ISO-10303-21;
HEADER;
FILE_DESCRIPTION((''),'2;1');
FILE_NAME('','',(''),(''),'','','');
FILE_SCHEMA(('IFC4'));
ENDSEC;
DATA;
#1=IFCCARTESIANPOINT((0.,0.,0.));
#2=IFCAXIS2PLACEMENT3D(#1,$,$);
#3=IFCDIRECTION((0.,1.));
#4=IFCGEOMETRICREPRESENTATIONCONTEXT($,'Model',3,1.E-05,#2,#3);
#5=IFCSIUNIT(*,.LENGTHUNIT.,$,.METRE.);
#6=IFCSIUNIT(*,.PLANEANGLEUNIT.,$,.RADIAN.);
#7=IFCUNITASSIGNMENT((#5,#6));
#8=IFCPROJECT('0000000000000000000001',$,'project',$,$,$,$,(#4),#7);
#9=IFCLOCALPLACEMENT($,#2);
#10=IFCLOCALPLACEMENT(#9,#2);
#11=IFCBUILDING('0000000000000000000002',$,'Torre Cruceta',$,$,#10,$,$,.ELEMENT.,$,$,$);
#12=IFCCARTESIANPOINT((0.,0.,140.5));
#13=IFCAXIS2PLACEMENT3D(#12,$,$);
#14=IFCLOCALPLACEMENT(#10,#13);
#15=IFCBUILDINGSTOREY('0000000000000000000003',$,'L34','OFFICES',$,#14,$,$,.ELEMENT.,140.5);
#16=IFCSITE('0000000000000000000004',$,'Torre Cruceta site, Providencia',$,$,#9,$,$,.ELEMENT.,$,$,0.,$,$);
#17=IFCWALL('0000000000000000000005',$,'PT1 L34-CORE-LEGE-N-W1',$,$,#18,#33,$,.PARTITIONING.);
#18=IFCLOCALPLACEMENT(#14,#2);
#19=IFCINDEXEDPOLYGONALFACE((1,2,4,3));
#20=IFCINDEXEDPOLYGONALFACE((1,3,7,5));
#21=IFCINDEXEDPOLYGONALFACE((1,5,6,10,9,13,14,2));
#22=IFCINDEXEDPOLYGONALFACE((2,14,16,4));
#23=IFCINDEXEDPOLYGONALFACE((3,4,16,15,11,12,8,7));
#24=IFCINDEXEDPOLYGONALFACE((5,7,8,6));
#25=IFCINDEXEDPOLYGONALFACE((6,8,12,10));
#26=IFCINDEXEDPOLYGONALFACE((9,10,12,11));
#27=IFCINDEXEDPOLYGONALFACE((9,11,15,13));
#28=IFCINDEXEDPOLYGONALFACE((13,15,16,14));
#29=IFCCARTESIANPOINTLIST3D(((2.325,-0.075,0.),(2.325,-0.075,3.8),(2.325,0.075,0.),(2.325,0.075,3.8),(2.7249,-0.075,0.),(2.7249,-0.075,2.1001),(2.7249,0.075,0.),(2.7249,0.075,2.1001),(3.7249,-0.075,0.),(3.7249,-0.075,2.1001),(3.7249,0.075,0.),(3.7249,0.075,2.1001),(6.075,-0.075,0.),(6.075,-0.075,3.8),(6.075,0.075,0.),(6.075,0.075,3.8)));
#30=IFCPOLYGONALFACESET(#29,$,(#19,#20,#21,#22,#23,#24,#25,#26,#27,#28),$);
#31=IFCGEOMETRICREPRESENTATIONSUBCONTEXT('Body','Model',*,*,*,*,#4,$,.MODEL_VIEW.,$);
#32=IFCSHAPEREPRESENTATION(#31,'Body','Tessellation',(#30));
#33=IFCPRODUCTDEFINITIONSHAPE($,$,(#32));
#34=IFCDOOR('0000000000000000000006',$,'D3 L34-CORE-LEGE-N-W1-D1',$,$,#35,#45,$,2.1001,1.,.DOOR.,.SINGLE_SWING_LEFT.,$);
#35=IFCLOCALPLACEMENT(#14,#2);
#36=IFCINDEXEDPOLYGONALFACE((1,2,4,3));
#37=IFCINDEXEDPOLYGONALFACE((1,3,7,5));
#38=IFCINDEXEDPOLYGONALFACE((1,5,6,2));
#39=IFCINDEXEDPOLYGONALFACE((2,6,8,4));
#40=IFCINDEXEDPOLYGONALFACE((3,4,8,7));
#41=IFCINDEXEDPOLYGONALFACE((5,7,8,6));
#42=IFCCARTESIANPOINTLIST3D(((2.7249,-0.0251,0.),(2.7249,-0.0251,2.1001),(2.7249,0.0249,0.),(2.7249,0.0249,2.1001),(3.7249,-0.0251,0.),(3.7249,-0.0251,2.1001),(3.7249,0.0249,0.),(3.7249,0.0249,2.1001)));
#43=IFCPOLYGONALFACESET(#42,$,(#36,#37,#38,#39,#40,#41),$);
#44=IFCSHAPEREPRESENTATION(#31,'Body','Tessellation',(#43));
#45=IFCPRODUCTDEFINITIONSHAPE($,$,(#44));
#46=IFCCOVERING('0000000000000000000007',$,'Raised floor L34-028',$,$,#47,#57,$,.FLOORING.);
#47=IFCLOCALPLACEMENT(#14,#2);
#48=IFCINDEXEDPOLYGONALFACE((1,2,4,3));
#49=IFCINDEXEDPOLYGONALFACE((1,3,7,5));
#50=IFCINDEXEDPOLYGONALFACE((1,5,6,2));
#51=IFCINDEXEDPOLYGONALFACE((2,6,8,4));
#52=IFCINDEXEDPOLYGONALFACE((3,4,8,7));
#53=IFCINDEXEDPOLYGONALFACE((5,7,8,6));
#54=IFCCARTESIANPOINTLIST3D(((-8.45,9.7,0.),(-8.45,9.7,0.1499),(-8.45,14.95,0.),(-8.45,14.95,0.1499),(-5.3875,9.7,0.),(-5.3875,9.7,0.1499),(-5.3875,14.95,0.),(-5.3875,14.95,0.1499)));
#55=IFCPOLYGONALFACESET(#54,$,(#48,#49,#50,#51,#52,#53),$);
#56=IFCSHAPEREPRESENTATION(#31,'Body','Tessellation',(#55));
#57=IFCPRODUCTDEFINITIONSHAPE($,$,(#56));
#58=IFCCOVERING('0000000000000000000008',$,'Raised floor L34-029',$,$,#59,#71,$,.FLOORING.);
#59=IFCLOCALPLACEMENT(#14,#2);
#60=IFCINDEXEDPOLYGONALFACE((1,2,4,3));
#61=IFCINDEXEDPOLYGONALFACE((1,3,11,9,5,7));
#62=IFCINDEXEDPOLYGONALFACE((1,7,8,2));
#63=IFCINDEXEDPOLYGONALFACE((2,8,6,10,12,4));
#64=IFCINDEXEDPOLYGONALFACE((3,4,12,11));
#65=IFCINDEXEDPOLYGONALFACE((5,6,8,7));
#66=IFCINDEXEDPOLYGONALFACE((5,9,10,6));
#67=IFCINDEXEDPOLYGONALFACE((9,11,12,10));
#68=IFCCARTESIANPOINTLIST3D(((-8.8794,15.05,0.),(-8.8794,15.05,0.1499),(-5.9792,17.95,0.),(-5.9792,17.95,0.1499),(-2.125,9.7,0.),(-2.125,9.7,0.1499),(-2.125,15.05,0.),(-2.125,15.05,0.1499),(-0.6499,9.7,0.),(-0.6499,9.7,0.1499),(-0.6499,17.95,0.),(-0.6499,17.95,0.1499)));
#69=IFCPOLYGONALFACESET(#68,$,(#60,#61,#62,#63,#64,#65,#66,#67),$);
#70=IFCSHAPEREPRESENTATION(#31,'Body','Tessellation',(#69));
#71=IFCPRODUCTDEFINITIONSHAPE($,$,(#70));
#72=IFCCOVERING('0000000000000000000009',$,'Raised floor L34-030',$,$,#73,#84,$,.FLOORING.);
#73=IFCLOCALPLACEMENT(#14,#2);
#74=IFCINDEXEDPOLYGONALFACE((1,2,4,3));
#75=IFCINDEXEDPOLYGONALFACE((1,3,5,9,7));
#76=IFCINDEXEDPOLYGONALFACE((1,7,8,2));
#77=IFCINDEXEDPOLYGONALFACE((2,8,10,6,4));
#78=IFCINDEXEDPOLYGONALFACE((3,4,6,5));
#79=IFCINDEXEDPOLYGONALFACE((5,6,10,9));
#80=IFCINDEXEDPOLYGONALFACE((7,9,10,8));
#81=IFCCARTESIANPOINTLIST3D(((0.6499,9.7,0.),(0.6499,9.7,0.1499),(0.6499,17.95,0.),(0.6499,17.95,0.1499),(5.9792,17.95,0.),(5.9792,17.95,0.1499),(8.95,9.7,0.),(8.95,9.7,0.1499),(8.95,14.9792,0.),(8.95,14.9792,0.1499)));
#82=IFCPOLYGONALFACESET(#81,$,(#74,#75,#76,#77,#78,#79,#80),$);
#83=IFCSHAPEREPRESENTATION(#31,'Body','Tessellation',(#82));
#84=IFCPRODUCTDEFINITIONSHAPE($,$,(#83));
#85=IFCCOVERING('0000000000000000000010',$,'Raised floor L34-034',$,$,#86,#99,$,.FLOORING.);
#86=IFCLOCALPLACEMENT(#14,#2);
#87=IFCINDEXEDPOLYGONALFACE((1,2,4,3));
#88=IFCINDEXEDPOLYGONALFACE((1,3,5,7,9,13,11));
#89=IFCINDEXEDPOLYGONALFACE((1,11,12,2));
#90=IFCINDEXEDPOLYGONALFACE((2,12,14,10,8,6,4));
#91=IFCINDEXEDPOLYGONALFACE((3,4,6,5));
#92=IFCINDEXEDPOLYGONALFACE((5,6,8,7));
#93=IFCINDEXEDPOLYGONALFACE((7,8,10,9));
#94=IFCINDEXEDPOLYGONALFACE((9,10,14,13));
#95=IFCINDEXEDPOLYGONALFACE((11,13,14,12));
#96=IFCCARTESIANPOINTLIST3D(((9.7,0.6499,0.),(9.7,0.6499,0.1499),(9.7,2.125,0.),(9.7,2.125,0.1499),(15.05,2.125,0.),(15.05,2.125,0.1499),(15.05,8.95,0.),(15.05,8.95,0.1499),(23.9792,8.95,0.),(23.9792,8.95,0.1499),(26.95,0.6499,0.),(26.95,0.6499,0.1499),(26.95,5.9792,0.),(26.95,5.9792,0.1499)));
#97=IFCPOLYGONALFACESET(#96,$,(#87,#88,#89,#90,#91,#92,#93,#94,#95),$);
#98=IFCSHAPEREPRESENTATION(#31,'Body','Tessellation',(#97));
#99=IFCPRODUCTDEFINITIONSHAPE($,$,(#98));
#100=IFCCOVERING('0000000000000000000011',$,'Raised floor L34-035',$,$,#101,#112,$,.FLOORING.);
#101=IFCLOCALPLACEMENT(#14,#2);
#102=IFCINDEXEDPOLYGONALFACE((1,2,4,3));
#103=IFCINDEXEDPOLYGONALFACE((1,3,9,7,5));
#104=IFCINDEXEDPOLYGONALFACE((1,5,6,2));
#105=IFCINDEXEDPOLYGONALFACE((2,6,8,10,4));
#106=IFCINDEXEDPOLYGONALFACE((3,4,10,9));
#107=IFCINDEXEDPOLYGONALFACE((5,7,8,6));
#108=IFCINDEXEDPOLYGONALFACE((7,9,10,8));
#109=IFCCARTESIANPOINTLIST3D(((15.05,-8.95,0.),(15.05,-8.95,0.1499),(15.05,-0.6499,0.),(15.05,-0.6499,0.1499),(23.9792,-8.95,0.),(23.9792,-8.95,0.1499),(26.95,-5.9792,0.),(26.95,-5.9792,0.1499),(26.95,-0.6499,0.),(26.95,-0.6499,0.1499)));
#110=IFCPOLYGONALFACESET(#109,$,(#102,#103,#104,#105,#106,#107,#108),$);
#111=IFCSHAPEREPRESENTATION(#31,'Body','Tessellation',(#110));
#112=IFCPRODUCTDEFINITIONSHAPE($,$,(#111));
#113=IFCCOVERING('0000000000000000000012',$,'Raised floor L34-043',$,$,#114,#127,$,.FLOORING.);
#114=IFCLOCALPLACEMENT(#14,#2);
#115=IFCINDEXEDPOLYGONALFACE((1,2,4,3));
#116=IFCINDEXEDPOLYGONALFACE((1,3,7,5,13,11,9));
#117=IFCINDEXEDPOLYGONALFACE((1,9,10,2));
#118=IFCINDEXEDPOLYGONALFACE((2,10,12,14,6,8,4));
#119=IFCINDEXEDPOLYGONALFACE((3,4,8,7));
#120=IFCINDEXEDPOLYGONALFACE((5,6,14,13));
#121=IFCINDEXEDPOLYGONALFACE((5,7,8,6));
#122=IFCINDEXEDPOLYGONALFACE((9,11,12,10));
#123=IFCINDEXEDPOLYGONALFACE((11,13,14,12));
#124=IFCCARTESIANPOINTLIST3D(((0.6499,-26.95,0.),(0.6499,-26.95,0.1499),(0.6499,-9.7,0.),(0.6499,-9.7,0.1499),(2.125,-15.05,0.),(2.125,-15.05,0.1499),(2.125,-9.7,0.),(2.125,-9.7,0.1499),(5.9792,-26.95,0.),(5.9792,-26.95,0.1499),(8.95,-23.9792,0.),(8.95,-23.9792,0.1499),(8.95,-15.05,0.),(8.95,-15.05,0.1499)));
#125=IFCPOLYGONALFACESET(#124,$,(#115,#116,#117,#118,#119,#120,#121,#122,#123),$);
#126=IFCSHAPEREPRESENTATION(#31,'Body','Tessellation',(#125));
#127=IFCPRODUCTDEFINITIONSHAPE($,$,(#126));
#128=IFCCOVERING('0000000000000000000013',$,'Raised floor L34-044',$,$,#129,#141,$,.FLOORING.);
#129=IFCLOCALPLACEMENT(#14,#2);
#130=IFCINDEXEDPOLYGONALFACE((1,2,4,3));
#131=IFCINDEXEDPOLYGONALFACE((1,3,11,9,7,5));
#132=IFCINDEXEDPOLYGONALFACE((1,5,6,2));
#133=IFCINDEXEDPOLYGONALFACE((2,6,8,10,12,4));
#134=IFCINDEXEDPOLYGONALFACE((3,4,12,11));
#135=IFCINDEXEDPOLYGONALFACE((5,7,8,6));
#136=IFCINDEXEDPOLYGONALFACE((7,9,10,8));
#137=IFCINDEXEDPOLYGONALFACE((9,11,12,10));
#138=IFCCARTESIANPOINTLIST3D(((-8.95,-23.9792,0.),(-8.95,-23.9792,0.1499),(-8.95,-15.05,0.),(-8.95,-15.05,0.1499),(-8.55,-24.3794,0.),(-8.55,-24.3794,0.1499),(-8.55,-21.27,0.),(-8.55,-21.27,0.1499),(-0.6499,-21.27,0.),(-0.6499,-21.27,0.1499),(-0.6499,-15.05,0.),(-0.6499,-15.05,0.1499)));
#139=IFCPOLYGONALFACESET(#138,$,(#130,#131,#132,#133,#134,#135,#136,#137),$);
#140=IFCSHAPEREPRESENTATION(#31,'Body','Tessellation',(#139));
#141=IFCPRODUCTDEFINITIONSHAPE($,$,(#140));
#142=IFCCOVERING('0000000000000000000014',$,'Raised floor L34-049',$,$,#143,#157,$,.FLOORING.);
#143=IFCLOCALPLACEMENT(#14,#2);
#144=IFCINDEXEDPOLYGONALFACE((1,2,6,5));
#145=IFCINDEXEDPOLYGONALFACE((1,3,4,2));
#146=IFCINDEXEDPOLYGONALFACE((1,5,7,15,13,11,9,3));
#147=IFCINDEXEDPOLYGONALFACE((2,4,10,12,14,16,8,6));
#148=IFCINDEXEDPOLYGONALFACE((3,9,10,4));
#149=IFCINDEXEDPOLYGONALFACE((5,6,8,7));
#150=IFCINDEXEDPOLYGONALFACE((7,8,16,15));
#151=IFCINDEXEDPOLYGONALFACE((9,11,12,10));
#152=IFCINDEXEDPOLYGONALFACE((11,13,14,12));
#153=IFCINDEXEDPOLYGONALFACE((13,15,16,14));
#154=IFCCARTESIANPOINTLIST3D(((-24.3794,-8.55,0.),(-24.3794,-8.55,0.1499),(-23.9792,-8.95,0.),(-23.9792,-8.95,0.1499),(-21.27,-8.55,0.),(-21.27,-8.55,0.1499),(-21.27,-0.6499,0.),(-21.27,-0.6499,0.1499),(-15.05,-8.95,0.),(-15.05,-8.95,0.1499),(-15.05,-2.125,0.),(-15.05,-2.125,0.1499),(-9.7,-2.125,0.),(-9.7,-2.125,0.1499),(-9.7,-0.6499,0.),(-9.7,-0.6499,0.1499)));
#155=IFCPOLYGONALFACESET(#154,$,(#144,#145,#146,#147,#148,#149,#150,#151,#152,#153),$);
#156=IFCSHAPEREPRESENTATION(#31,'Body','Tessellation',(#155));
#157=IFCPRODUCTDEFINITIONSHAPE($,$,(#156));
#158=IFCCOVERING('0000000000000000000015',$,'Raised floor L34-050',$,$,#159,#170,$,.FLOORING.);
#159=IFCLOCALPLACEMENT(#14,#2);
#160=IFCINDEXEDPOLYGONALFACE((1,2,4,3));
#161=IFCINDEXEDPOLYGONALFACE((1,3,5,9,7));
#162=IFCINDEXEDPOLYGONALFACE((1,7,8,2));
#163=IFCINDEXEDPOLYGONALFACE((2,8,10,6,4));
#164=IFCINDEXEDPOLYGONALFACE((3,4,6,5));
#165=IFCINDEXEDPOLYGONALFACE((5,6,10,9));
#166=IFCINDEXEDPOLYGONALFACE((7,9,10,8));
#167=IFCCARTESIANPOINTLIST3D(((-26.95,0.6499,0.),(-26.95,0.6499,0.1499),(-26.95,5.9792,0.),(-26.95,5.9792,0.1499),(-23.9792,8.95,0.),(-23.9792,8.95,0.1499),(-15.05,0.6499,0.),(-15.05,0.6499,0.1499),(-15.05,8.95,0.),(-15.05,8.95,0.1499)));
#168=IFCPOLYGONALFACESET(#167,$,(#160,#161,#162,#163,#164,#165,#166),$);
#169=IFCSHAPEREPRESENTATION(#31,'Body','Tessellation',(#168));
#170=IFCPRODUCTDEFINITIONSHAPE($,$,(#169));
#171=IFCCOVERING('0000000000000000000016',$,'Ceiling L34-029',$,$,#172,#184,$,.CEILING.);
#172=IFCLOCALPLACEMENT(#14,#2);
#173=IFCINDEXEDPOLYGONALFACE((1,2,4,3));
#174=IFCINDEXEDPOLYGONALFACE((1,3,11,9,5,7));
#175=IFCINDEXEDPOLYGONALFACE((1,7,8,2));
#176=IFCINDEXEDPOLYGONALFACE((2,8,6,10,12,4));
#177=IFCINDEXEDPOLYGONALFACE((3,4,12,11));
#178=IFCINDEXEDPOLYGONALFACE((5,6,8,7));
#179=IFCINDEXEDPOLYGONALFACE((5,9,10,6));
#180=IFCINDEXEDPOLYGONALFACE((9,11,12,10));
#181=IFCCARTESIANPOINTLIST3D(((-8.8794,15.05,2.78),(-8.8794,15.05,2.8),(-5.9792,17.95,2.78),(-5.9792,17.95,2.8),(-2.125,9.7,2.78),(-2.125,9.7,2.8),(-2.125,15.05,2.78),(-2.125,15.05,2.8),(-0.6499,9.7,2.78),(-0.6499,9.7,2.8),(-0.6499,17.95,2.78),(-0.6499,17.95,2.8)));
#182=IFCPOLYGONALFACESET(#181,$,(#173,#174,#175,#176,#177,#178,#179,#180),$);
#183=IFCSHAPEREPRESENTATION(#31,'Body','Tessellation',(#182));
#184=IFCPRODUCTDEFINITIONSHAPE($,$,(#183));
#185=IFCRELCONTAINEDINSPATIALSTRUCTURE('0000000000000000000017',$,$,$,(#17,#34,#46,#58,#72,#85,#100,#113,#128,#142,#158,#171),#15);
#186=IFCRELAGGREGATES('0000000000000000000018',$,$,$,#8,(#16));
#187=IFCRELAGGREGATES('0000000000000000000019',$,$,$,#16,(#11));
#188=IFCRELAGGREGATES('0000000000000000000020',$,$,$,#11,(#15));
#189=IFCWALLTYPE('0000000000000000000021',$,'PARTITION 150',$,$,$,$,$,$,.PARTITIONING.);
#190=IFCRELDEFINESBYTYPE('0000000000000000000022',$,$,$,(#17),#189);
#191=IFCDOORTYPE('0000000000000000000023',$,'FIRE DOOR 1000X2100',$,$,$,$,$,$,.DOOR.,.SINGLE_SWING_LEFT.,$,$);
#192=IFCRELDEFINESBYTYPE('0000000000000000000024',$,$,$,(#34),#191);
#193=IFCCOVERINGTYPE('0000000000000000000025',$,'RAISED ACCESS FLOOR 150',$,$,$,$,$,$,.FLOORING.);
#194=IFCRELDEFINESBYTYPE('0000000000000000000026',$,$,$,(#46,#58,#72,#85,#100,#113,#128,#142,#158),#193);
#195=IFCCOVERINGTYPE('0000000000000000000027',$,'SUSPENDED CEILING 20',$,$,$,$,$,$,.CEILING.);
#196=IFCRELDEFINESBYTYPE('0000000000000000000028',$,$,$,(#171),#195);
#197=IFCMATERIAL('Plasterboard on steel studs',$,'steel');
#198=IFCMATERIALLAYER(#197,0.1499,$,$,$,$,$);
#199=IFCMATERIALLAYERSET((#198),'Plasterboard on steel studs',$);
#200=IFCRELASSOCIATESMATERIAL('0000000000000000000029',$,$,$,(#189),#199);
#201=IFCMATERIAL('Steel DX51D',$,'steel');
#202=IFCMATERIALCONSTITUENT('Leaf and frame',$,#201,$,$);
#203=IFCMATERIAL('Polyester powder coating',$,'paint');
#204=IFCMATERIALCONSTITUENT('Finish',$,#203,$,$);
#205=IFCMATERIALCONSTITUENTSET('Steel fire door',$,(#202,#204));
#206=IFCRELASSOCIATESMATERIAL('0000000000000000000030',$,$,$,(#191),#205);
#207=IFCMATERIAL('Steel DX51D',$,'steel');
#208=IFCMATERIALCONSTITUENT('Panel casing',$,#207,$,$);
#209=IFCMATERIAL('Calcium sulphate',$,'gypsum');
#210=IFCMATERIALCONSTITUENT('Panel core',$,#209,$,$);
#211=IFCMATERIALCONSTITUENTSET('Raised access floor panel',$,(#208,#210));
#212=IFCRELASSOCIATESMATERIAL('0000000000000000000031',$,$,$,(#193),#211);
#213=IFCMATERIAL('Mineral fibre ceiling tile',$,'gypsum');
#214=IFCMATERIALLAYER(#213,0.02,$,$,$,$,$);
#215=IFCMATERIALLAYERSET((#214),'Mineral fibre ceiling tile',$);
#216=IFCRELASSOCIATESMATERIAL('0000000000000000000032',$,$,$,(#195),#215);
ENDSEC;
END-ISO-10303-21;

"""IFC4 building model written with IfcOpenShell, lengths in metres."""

from ifc_helpers import new_model, si_unit, direction, frame, frame_2d, origin, place, context, subcontext, project, spatial, polyline, rectangle, outline, extrude, material, layer, layer_set, constituent, constituent_set, type_object, element, fill, save


model = new_model("IFC4")

# Units and contexts
model_context = context("Model", 3, precision=1e-05, world=origin(), true_north=direction((0.0, 1.0)))
body_context = subcontext(model_context, "Body", "Model", "MODEL_VIEW")
ifc_project = project(units=[si_unit("LENGTHUNIT", "METRE"), si_unit("PLANEANGLEUNIT", "RADIAN")], contexts=[model_context])

# Site, building, storey
site_placement = place(None, origin())
site = spatial("IfcSite", under=ifc_project, at=site_placement, Name="Torre Cruceta site, Providencia", CompositionType="ELEMENT", RefElevation=0.0)
building_placement = place(site_placement, origin())
building = spatial("IfcBuilding", under=site, at=building_placement, Name="Torre Cruceta", CompositionType="ELEMENT")
storey_placement = place(building_placement, frame((0.0, 0.0, 140.5)))
storey = spatial("IfcBuildingStorey", under=building, at=storey_placement, Name="L34", Description="OFFICES", CompositionType="ELEMENT", Elevation=140.5)

# Wall, opening, door
ifc_material_1 = material(Name="Plasterboard on steel studs", Category="steel")
ifc_layer_1 = layer(ifc_material_1, 0.1499)
ifc_layer_set_1 = layer_set([ifc_layer_1], Name="Plasterboard on steel studs")
wall_type = type_object("IfcWallType", Name="PARTITION 150", PredefinedType="PARTITIONING", material=ifc_layer_set_1)
wall_placement = place(storey_placement, frame((2.325, 0.0, 0.0), z_axis=(0.0, 0.0, 1.0), x_axis=(1.0, 0.0, 0.0)))
wall = element("IfcWall", 1, at=wall_placement, inside=storey, type_object=wall_type, Name="PT1 L34-CORE-LEGE-N-W1", PredefinedType="PARTITIONING", context=body_context, shape_type="SweptSolid", body=[
    extrude(rectangle(XDim=3.75, YDim=0.1499, at=frame_2d((1.875, 0.0))), origin(), (0.0, 0.0, 1.0), 3.8),
])
opening_placement = place(wall_placement, frame((0.3999, 0.0, 0.0)))
opening = element("IfcOpeningElement", 2, at=opening_placement, cuts=wall, PredefinedType="OPENING", context=body_context, shape_type="SweptSolid", body=[
    extrude(rectangle(XDim=1.0, YDim=2.1001, at=frame_2d((0.5, 1.05))), frame((0.0, 0.085, 0.0), z_axis=(0.0, -1.0, 0.0), x_axis=(1.0, 0.0, 0.0)), (0.0, 0.0, 1.0), 0.1699),
])
ifc_material_2 = material(Name="Steel DX51D", Category="steel")
ifc_constituent_1 = constituent(ifc_material_2, Name="Leaf and frame")
ifc_material_3 = material(Name="Polyester powder coating", Category="paint")
ifc_constituent_2 = constituent(ifc_material_3, Name="Finish")
ifc_constituent_set_1 = constituent_set(constituents=[ifc_constituent_1, ifc_constituent_2], Name="Steel fire door")
door_type = type_object("IfcDoorType", Name="FIRE DOOR 1000X2100", OperationType="SINGLE_SWING_LEFT", PredefinedType="DOOR", material=ifc_constituent_set_1)
door_placement = place(opening_placement, origin())
door = element("IfcDoor", 3, at=door_placement, inside=storey, type_object=door_type, Name="D3 L34-CORE-LEGE-N-W1-D1", OperationType="SINGLE_SWING_LEFT", OverallHeight=2.1001, OverallWidth=1.0, PredefinedType="DOOR", context=body_context, shape_type="SweptSolid", body=[
    extrude(rectangle(XDim=1.0, YDim=2.1001, at=frame_2d((0.5, 1.05))), frame((0.0, 0.0249, 0.0), z_axis=(0.0, -1.0, 0.0), x_axis=(1.0, 0.0, 0.0)), (0.0, 0.0, 1.0), 0.05),
])
fill(opening, door)

# Coverings
ifc_material_4 = material(Name="Steel DX51D", Category="steel")
ifc_constituent_3 = constituent(ifc_material_4, Name="Panel casing")
ifc_material_5 = material(Name="Calcium sulphate", Category="gypsum")
ifc_constituent_4 = constituent(ifc_material_5, Name="Panel core")
ifc_constituent_set_2 = constituent_set(constituents=[ifc_constituent_3, ifc_constituent_4], Name="Raised access floor panel")
covering_type_1 = type_object("IfcCoveringType", Name="RAISED ACCESS FLOOR 150", PredefinedType="FLOORING", material=ifc_constituent_set_2)
covering_1_placement = place(storey_placement, origin())
element("IfcCovering", 4, at=covering_1_placement, inside=storey, type_object=covering_type_1, Name="Raised floor L34-028", PredefinedType="FLOORING", context=body_context, shape_type="SweptSolid", body=[
    extrude(outline(polyline([(-5.3875, 9.7), (-8.45, 9.7), (-8.45, 14.95), (-5.3875, 14.95), (-5.3875, 9.7)])), origin(), (0.0, 0.0, 1.0), 0.1499),
])
covering_2_placement = place(storey_placement, origin())
element("IfcCovering", 5, at=covering_2_placement, inside=storey, type_object=covering_type_1, Name="Raised floor L34-029", PredefinedType="FLOORING", context=body_context, shape_type="SweptSolid", body=[
    extrude(outline(polyline([(-0.6499, 17.95), (-0.6499, 9.7), (-2.125, 9.7), (-2.125, 15.05), (-8.8794, 15.05), (-5.9792, 17.95), (-0.6499, 17.95)])), origin(), (0.0, 0.0, 1.0), 0.1499),
])
covering_3_placement = place(storey_placement, origin())
element("IfcCovering", 6, at=covering_3_placement, inside=storey, type_object=covering_type_1, Name="Raised floor L34-030", PredefinedType="FLOORING", context=body_context, shape_type="SweptSolid", body=[
    extrude(outline(polyline([(5.9792, 17.95), (8.95, 14.9792), (8.95, 9.7), (0.6499, 9.7), (0.6499, 17.95), (5.9792, 17.95)])), origin(), (0.0, 0.0, 1.0), 0.1499),
])
covering_4_placement = place(storey_placement, origin())
element("IfcCovering", 7, at=covering_4_placement, inside=storey, type_object=covering_type_1, Name="Raised floor L34-034", PredefinedType="FLOORING", context=body_context, shape_type="SweptSolid", body=[
    extrude(outline(polyline([(26.95, 0.6499), (9.7, 0.6499), (9.7, 2.125), (15.05, 2.125), (15.05, 8.95), (23.9792, 8.95), (26.95, 5.9792), (26.95, 0.6499)])), origin(), (0.0, 0.0, 1.0), 0.1499),
])
covering_5_placement = place(storey_placement, origin())
element("IfcCovering", 8, at=covering_5_placement, inside=storey, type_object=covering_type_1, Name="Raised floor L34-035", PredefinedType="FLOORING", context=body_context, shape_type="SweptSolid", body=[
    extrude(outline(polyline([(26.95, -5.9792), (23.9792, -8.95), (15.05, -8.95), (15.05, -0.6499), (26.95, -0.6499), (26.95, -5.9792)])), origin(), (0.0, 0.0, 1.0), 0.1499),
])
covering_6_placement = place(storey_placement, origin())
element("IfcCovering", 9, at=covering_6_placement, inside=storey, type_object=covering_type_1, Name="Raised floor L34-043", PredefinedType="FLOORING", context=body_context, shape_type="SweptSolid", body=[
    extrude(outline(polyline([(2.125, -9.7), (2.125, -15.05), (8.95, -15.05), (8.95, -23.9792), (5.9792, -26.95), (0.6499, -26.95), (0.6499, -9.7), (2.125, -9.7)])), origin(), (0.0, 0.0, 1.0), 0.1499),
])
covering_7_placement = place(storey_placement, origin())
element("IfcCovering", 10, at=covering_7_placement, inside=storey, type_object=covering_type_1, Name="Raised floor L34-044", PredefinedType="FLOORING", context=body_context, shape_type="SweptSolid", body=[
    extrude(outline(polyline([(-8.55, -21.27), (-8.55, -24.3794), (-8.95, -23.9792), (-8.95, -15.05), (-0.6499, -15.05), (-0.6499, -21.27), (-8.55, -21.27)])), origin(), (0.0, 0.0, 1.0), 0.1499),
])
covering_8_placement = place(storey_placement, origin())
element("IfcCovering", 11, at=covering_8_placement, inside=storey, type_object=covering_type_1, Name="Raised floor L34-049", PredefinedType="FLOORING", context=body_context, shape_type="SweptSolid", body=[
    extrude(outline(polyline([(-9.7, -2.125), (-15.05, -2.125), (-15.05, -8.95), (-23.9792, -8.95), (-24.3794, -8.55), (-21.27, -8.55), (-21.27, -0.6499), (-9.7, -0.6499), (-9.7, -2.125)])), origin(), (0.0, 0.0, 1.0), 0.1499),
])
covering_9_placement = place(storey_placement, origin())
element("IfcCovering", 12, at=covering_9_placement, inside=storey, type_object=covering_type_1, Name="Raised floor L34-050", PredefinedType="FLOORING", context=body_context, shape_type="SweptSolid", body=[
    extrude(outline(polyline([(-23.9792, 8.95), (-15.05, 8.95), (-15.05, 0.6499), (-26.95, 0.6499), (-26.95, 5.9792), (-23.9792, 8.95)])), origin(), (0.0, 0.0, 1.0), 0.1499),
])
ifc_material_6 = material(Name="Mineral fibre ceiling tile", Category="gypsum")
ifc_layer_2 = layer(ifc_material_6, 0.02)
ifc_layer_set_2 = layer_set([ifc_layer_2], Name="Mineral fibre ceiling tile")
covering_type_2 = type_object("IfcCoveringType", Name="SUSPENDED CEILING 20", PredefinedType="CEILING", material=ifc_layer_set_2)
covering_10_placement = place(storey_placement, frame((0.0, 0.0, 2.78)))
element("IfcCovering", 13, at=covering_10_placement, inside=storey, type_object=covering_type_2, Name="Ceiling L34-029", PredefinedType="CEILING", context=body_context, shape_type="SweptSolid", body=[
    extrude(outline(polyline([(-0.6499, 17.95), (-0.6499, 9.7), (-2.125, 9.7), (-2.125, 15.05), (-8.8794, 15.05), (-5.9792, 17.95), (-0.6499, 17.95)])), origin(), (0.0, 0.0, 1.0), 0.02),
])

save(model, "model.ifc")
